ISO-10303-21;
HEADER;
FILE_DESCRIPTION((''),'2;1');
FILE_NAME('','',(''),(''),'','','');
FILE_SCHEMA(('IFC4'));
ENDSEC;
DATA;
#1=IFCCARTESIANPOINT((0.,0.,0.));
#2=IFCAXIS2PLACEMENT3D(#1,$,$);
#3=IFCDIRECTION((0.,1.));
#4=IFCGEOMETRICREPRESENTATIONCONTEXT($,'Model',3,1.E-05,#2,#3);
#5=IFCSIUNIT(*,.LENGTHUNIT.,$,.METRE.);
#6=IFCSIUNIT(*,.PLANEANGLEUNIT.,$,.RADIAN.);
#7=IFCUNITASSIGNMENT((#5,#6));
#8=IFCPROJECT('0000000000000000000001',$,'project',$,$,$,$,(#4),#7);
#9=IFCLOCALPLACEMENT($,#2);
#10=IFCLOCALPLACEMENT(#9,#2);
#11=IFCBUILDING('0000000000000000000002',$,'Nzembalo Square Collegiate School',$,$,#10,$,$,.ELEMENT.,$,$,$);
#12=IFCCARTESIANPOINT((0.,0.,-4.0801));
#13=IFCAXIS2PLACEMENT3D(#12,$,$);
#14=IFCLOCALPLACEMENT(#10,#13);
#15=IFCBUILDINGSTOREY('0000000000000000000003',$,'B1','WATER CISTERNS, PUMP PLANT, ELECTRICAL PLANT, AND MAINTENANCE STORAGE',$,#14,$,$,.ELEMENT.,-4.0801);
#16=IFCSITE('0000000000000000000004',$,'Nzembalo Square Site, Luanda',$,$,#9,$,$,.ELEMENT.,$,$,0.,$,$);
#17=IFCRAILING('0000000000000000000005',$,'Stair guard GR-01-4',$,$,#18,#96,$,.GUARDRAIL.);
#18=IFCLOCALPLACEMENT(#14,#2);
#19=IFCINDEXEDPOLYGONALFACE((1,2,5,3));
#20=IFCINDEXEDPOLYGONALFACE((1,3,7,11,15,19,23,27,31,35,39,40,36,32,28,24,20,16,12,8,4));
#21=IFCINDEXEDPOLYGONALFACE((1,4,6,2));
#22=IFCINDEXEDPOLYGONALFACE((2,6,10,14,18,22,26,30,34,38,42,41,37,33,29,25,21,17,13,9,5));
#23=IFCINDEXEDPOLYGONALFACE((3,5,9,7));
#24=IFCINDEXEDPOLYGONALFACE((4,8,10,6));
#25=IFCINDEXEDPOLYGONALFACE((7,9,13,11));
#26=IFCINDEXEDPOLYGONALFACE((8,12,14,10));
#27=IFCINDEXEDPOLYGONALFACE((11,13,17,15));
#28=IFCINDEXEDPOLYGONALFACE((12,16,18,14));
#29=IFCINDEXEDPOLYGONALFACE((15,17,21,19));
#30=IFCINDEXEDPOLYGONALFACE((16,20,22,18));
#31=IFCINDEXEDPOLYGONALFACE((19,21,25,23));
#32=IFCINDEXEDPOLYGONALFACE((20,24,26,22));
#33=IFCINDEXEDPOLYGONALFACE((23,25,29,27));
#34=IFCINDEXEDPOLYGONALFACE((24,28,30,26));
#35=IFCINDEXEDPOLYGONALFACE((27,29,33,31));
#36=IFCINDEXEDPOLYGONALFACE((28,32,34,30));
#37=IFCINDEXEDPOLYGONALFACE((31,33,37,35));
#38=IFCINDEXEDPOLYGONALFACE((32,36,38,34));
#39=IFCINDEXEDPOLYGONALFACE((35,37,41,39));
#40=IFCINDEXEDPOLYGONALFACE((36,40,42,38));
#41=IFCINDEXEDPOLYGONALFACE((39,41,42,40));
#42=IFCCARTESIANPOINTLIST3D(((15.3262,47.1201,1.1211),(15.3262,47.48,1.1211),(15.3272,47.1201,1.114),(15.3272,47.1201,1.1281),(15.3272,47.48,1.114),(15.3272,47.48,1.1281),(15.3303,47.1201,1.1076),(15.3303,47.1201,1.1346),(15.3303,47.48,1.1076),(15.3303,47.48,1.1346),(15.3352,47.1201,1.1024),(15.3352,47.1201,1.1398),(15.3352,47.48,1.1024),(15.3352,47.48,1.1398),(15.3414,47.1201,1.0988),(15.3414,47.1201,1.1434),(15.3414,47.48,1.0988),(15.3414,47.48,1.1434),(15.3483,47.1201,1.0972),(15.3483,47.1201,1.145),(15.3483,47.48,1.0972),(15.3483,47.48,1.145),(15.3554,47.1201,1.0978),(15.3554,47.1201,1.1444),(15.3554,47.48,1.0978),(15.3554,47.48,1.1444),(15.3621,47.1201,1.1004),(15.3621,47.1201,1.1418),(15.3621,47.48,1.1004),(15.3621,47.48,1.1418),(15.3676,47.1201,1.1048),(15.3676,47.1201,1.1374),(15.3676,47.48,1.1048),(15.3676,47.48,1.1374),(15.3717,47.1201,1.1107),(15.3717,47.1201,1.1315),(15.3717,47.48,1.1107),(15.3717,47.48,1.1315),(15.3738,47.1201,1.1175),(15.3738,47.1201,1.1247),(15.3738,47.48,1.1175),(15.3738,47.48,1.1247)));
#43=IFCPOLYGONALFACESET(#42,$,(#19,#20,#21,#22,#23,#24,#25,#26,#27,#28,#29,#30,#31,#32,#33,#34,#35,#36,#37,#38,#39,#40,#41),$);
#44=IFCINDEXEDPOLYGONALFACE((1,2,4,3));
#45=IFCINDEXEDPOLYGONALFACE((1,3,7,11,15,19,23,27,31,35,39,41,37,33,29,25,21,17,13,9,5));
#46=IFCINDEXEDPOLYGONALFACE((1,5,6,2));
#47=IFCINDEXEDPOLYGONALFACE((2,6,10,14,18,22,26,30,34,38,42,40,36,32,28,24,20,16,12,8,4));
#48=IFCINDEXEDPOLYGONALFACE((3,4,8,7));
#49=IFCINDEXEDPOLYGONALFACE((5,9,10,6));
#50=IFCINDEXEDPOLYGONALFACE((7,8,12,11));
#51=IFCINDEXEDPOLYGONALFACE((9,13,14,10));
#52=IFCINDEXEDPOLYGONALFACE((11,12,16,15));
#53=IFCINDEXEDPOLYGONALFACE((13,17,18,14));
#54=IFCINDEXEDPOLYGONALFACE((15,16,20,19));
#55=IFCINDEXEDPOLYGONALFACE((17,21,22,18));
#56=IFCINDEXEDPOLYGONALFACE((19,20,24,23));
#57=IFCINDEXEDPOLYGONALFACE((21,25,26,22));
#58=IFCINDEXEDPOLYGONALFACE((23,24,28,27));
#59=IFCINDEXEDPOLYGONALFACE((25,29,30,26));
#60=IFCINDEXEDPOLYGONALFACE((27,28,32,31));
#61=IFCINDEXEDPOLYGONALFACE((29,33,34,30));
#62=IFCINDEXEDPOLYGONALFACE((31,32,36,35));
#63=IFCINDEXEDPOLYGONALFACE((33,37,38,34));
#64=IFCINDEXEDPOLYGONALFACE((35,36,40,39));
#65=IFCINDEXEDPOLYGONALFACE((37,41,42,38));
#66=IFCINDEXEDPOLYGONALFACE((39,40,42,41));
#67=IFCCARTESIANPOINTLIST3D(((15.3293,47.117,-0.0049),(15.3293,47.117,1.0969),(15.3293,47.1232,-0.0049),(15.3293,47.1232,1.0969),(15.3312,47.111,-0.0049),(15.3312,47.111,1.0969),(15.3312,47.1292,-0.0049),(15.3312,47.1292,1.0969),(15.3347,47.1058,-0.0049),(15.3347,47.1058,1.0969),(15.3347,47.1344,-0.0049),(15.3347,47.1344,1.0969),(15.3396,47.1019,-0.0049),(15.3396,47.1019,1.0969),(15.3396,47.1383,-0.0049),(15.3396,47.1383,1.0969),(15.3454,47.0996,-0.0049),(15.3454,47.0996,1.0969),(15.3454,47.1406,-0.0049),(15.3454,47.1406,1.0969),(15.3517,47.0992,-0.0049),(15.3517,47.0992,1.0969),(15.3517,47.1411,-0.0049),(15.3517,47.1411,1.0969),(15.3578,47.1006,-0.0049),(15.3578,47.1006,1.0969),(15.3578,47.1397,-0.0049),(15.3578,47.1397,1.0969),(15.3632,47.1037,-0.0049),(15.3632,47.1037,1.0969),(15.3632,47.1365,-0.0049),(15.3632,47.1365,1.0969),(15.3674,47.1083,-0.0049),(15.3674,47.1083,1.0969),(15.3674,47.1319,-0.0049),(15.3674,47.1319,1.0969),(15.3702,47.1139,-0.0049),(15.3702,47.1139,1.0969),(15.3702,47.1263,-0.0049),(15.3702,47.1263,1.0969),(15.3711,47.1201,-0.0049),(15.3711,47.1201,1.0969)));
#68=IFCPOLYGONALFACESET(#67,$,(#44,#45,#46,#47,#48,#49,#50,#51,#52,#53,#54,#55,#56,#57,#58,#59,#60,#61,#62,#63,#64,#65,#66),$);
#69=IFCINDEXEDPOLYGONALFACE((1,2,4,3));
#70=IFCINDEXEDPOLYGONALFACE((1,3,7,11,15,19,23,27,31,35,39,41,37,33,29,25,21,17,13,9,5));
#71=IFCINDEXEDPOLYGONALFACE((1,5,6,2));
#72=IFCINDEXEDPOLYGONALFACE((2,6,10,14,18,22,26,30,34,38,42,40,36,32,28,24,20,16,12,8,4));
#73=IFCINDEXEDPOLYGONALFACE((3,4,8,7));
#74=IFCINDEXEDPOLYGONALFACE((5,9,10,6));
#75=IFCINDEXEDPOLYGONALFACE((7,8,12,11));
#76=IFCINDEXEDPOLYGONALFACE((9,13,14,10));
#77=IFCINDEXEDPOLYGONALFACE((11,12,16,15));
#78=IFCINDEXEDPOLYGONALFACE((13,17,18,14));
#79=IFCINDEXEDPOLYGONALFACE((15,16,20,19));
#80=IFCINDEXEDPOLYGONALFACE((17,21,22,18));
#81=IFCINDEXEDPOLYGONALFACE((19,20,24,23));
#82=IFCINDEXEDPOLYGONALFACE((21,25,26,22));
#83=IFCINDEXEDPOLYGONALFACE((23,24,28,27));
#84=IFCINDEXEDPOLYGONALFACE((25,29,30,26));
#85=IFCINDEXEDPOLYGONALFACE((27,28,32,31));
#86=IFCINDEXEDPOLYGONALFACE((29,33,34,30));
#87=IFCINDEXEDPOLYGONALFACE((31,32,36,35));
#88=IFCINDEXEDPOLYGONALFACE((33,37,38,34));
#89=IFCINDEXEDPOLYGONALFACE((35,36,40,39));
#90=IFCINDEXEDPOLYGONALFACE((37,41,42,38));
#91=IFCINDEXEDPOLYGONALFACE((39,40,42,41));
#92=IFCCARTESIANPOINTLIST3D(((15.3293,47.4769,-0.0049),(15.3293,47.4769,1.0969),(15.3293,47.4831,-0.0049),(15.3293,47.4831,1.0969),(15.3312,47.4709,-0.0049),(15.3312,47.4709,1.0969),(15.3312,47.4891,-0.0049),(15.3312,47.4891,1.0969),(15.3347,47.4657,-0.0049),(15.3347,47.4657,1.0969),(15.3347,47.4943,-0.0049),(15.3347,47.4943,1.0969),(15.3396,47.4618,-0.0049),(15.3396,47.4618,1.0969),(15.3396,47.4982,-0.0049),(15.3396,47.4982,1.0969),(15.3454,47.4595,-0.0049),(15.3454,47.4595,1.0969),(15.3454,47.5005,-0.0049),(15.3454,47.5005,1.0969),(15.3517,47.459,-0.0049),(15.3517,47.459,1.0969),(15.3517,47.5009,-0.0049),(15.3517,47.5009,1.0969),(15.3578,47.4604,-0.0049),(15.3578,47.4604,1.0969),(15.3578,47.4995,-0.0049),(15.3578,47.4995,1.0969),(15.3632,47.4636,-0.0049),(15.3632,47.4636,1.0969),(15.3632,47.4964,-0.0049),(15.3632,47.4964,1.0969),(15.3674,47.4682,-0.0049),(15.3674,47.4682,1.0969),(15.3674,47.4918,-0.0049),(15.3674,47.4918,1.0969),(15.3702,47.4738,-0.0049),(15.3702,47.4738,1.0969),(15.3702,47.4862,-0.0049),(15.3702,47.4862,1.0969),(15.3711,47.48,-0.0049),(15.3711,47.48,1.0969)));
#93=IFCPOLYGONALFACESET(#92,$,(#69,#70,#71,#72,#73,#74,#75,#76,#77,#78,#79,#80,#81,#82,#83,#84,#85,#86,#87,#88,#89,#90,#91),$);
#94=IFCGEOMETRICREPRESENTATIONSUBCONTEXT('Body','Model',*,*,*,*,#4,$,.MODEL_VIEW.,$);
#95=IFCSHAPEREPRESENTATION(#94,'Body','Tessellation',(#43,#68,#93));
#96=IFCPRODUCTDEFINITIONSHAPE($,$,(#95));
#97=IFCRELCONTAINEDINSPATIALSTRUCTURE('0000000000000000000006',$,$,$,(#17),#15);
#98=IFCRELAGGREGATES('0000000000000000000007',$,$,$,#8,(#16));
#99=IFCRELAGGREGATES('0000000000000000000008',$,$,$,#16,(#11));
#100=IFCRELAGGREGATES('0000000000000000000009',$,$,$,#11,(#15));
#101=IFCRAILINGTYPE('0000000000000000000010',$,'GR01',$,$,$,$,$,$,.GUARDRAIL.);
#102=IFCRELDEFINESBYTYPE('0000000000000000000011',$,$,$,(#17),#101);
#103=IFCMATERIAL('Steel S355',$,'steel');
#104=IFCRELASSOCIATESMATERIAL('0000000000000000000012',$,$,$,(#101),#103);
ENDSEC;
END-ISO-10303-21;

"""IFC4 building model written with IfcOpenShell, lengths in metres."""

from ifc_helpers import new_model, si_unit, direction, frame, origin, origin_2d, place, context, subcontext, project, spatial, circle, extrude, material, type_object, element, save


model = new_model("IFC4")

# Units and contexts
model_context = context("Model", 3, precision=1e-05, world=origin(), true_north=direction((0.0, 1.0)))
body_context = subcontext(model_context, "Body", "Model", "MODEL_VIEW")
ifc_project = project(units=[si_unit("LENGTHUNIT", "METRE"), si_unit("PLANEANGLEUNIT", "RADIAN")], contexts=[model_context])

# Site, building, storey
site_placement = place(None, origin())
site = spatial("IfcSite", under=ifc_project, at=site_placement, Name="Nzembalo Square Site, Luanda", CompositionType="ELEMENT", RefElevation=0.0)
building_placement = place(site_placement, origin())
building = spatial("IfcBuilding", under=site, at=building_placement, Name="Nzembalo Square Collegiate School", CompositionType="ELEMENT")
storey_placement = place(building_placement, frame((0.0, 0.0, -4.0801)))
storey = spatial("IfcBuildingStorey", under=building, at=storey_placement, Name="B1", Description="WATER CISTERNS, PUMP PLANT, ELECTRICAL PLANT, AND MAINTENANCE STORAGE", CompositionType="ELEMENT", Elevation=-4.0801)

# Railing
ifc_material_1 = material(Name="Steel S355", Category="steel")
railing_type_1 = type_object("IfcRailingType", Name="GR01", PredefinedType="GUARDRAIL", material=ifc_material_1)
railing_1_placement = place(storey_placement, frame((15.3501, 47.1201, -0.0049)))
element("IfcRailing", 1, at=railing_1_placement, inside=storey, type_object=railing_type_1, Name="Stair guard GR-01-4", PredefinedType="GUARDRAIL", context=body_context, shape_type="SweptSolid", body=[
    extrude(circle(Radius=0.0239, at=origin_2d()), frame((0.0, 0.0, 1.126), z_axis=(0.0, 1.0, 0.0), x_axis=(-1.0, 0.0, 0.0)), (0.0, 0.0, 1.0), 0.3599),
    extrude(circle(Radius=0.021, at=origin_2d()), origin(), (0.0, 0.0, 1.0), 1.1018),
    extrude(circle(Radius=0.021, at=origin_2d()), frame((0.0, 0.3599, 0.0)), (0.0, 0.0, 1.0), 1.1018),
])

save(model, "model.ifc")
